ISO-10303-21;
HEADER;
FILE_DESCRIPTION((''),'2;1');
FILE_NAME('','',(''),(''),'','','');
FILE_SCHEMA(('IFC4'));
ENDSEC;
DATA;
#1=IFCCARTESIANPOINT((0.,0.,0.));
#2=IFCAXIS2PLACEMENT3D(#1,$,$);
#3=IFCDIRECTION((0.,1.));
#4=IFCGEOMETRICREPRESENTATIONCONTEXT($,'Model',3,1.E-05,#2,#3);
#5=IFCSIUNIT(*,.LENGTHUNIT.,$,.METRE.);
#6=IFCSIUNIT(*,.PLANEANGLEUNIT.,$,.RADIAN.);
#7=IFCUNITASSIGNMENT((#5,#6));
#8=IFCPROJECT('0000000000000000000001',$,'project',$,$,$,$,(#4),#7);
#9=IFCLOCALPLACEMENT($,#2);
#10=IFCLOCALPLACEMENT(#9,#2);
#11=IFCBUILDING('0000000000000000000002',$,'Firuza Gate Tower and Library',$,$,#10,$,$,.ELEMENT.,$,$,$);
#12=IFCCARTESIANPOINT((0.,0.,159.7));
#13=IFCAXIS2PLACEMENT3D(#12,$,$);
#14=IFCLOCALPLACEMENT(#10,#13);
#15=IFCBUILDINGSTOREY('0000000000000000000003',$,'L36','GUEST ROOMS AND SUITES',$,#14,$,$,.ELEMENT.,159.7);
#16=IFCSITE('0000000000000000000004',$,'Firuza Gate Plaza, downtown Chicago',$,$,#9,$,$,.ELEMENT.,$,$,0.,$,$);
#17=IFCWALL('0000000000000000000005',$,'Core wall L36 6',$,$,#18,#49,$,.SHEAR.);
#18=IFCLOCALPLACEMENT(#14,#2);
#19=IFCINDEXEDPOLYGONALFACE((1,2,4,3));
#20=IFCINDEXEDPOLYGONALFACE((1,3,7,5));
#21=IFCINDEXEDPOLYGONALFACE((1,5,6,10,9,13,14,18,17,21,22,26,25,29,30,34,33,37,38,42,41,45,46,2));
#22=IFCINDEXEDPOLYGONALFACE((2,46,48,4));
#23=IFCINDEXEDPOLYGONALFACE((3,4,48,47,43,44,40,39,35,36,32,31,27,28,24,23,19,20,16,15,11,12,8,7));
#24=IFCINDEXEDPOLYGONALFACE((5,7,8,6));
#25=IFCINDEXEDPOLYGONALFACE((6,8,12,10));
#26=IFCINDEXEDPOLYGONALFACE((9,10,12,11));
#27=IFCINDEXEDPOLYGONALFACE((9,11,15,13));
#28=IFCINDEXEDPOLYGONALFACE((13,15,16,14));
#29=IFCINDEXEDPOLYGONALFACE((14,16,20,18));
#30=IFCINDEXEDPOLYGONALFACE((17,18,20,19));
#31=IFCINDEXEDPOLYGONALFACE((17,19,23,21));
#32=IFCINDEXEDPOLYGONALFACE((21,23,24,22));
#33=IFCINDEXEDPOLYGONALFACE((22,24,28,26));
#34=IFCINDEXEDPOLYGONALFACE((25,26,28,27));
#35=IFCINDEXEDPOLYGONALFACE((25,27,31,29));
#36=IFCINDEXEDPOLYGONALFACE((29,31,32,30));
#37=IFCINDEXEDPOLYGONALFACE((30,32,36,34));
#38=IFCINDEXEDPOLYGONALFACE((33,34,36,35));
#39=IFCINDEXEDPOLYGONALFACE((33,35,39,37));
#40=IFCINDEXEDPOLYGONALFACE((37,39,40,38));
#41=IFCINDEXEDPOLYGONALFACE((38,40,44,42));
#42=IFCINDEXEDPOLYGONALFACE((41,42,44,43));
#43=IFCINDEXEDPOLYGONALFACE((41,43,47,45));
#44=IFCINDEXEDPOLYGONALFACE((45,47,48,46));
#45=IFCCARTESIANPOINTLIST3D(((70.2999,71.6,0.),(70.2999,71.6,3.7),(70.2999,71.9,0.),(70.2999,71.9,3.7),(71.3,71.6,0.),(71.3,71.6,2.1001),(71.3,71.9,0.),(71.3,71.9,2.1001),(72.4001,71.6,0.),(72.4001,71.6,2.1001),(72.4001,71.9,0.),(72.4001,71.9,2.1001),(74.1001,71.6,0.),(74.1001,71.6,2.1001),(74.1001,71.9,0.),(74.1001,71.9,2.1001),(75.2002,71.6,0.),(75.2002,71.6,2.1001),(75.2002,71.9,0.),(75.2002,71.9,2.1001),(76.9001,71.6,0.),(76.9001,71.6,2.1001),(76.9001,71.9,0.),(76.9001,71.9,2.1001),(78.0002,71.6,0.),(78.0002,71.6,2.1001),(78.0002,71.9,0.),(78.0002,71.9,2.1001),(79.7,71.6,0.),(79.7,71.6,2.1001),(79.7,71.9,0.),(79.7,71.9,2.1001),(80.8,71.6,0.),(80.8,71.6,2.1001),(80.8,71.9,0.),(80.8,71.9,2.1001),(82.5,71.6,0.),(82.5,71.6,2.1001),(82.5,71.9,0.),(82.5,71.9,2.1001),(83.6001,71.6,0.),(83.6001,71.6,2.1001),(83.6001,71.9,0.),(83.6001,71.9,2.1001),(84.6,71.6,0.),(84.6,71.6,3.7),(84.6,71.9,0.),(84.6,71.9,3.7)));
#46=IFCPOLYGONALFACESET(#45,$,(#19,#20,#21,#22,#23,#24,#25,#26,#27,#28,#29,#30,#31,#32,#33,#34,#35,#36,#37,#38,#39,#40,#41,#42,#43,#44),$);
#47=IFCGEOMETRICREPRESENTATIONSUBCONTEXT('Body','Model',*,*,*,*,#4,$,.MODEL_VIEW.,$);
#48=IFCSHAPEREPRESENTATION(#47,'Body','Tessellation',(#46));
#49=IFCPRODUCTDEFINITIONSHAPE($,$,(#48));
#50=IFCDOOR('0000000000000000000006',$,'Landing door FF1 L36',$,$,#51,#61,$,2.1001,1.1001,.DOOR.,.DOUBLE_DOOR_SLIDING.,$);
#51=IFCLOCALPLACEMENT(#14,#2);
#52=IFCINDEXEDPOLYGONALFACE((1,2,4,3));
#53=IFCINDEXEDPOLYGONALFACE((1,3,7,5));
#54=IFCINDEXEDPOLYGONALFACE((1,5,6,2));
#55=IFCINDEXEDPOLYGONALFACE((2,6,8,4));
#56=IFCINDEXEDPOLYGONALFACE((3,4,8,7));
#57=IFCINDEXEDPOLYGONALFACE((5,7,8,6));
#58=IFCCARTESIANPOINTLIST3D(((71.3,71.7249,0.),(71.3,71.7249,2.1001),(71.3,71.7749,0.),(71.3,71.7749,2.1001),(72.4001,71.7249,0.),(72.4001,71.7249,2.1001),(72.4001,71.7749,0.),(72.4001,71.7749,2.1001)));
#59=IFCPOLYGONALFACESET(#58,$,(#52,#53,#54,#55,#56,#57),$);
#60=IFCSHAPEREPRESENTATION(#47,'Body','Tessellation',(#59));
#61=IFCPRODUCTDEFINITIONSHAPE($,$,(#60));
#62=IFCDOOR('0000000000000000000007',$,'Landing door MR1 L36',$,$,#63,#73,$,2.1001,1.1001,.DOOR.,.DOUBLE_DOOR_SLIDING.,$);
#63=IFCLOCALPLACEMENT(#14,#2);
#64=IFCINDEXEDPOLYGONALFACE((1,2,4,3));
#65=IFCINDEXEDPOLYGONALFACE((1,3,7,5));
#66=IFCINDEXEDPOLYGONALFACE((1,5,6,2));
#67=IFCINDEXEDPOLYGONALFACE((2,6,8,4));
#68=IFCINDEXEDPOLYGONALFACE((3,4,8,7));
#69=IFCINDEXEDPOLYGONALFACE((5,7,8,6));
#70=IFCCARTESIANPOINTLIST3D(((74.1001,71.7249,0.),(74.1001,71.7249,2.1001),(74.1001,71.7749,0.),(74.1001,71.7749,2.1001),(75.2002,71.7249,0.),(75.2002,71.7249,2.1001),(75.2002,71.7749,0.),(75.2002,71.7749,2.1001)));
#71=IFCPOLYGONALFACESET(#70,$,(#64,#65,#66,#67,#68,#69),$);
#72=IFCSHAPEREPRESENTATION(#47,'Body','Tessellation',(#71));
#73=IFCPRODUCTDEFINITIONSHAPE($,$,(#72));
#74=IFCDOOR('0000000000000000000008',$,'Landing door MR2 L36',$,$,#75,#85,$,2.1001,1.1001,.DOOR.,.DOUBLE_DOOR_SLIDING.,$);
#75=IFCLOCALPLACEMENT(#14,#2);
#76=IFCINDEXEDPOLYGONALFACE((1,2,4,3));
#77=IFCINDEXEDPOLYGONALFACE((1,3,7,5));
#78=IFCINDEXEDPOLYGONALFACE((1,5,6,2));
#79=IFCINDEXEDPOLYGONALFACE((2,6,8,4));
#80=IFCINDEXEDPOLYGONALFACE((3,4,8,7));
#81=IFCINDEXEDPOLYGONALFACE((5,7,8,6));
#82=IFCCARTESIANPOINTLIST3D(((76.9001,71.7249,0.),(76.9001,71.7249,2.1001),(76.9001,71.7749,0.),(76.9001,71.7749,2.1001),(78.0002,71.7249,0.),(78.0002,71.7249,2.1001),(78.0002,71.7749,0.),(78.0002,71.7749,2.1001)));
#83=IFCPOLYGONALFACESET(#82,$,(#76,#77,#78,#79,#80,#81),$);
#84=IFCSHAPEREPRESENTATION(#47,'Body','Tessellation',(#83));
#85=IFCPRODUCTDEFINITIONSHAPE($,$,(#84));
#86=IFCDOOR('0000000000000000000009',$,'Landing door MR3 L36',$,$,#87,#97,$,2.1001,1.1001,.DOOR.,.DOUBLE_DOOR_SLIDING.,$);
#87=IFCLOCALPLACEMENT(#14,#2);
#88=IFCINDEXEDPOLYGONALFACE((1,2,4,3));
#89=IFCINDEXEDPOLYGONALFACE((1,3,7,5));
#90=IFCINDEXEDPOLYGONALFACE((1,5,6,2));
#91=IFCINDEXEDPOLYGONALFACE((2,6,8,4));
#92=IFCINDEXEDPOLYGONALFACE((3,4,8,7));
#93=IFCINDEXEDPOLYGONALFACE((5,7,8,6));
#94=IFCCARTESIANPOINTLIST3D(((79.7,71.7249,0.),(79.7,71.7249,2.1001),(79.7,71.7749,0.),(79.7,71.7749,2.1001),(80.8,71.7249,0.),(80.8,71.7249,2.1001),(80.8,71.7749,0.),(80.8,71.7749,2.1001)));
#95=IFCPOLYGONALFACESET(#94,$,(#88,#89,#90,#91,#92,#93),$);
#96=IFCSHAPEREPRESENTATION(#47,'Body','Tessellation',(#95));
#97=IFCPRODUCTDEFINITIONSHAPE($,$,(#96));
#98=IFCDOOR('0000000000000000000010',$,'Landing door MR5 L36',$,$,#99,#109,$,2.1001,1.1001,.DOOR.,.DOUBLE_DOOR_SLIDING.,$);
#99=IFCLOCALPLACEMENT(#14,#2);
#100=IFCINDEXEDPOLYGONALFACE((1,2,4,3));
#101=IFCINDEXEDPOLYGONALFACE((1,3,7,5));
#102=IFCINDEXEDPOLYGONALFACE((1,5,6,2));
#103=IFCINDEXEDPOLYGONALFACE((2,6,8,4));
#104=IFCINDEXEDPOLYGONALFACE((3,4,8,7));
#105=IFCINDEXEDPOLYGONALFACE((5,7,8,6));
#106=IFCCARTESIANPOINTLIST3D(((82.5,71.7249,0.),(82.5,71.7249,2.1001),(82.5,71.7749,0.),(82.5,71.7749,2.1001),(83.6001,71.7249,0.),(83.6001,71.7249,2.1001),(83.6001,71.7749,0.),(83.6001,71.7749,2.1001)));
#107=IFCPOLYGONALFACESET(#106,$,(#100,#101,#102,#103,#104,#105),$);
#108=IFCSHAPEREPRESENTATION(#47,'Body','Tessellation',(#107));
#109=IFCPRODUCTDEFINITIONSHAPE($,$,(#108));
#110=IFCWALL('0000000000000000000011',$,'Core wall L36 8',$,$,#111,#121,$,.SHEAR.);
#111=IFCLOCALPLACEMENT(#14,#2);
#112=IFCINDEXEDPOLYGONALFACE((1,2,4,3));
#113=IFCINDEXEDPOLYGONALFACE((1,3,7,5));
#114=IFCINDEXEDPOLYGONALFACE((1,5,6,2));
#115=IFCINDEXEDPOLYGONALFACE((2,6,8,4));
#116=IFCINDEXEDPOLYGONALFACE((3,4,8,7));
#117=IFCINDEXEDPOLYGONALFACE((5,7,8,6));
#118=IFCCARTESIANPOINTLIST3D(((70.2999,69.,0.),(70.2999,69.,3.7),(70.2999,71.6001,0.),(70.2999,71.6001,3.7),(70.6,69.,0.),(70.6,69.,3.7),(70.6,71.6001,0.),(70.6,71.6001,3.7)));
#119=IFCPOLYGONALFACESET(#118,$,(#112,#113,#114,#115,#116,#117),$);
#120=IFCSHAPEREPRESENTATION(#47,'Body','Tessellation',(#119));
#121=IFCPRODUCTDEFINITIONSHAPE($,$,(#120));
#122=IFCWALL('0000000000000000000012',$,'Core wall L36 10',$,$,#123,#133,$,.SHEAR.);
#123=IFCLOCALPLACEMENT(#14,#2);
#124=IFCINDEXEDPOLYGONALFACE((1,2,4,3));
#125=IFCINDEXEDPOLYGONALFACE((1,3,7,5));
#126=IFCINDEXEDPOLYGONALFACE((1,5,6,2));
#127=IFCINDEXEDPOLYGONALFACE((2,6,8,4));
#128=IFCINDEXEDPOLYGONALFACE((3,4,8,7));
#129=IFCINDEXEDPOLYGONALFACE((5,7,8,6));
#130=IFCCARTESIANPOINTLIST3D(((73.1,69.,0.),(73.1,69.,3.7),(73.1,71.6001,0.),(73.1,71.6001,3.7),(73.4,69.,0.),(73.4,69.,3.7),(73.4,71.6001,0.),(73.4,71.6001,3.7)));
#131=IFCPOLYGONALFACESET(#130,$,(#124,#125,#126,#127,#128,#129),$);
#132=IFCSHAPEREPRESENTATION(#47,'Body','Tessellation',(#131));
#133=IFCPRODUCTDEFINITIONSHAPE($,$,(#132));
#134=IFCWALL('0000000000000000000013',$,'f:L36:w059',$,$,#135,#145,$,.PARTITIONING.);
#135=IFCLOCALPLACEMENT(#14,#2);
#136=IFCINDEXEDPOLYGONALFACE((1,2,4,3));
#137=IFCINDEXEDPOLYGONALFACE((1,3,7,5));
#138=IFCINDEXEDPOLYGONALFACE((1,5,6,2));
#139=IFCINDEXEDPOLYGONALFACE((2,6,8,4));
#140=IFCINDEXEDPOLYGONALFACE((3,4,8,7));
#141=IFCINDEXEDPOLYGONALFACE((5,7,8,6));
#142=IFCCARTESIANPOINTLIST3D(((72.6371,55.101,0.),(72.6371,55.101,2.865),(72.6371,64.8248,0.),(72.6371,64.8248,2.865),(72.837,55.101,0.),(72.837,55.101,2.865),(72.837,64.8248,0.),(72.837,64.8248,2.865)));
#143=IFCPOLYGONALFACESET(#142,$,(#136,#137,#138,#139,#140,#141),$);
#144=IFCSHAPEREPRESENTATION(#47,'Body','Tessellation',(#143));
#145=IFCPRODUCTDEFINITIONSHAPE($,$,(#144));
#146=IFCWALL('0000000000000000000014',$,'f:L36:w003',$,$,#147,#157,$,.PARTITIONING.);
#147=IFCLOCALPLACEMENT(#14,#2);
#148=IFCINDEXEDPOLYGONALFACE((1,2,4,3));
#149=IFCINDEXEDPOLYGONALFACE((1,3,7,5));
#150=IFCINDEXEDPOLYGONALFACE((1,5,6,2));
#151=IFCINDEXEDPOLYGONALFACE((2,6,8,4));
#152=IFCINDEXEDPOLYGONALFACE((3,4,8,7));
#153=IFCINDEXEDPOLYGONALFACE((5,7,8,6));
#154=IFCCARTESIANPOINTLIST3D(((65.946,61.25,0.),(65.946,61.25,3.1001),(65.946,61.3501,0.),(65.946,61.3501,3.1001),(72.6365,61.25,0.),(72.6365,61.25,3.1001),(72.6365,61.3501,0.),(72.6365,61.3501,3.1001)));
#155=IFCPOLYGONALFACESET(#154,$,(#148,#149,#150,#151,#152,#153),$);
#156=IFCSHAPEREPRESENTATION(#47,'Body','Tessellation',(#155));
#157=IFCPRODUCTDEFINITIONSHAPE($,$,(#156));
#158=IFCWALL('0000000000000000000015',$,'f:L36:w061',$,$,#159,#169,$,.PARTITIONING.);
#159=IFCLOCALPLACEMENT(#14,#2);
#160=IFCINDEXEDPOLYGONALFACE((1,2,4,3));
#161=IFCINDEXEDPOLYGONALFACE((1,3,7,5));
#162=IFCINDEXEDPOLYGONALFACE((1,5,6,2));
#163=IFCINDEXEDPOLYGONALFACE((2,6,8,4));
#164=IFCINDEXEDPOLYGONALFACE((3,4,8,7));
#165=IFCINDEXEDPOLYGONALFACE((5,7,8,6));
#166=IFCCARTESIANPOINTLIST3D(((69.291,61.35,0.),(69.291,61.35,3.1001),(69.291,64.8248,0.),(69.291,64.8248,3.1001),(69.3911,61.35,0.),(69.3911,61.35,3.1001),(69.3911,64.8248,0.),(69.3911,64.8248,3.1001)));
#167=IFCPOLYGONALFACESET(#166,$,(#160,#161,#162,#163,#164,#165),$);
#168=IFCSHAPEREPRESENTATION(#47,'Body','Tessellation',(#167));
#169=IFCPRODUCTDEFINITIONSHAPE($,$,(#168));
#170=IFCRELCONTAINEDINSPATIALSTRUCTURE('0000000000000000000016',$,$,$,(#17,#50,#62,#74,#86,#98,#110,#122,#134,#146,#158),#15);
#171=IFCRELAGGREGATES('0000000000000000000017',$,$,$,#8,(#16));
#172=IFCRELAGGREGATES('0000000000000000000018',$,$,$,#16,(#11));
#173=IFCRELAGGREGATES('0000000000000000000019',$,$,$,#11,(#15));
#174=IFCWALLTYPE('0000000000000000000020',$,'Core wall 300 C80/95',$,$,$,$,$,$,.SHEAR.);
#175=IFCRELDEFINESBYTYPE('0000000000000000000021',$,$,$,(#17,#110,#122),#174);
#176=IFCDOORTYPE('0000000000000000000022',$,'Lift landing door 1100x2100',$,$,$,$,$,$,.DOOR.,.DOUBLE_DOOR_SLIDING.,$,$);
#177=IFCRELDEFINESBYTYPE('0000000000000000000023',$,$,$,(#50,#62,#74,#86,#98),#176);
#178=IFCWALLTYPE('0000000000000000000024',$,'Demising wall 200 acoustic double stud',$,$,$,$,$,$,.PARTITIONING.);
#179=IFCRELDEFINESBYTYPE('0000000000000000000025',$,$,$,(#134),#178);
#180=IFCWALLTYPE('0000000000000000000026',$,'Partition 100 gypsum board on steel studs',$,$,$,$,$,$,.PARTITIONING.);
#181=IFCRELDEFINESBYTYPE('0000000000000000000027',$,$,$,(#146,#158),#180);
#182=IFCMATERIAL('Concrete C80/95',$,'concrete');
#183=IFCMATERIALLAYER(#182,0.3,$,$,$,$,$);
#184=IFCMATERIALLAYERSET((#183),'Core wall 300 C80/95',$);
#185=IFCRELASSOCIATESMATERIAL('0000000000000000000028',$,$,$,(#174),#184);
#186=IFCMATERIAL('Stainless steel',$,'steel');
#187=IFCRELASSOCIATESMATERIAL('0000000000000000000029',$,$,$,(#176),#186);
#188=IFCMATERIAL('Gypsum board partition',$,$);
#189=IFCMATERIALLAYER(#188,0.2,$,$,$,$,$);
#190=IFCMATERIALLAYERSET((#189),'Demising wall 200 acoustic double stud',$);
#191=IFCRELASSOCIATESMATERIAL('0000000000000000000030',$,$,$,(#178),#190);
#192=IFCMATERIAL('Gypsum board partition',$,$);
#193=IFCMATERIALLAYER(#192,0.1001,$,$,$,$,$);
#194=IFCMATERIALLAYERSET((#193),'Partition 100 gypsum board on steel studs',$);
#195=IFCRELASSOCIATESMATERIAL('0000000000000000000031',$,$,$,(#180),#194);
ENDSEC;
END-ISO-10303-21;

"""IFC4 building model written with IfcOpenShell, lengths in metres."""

from ifc_helpers import new_model, si_unit, direction, frame, frame_2d, origin, place, context, subcontext, project, spatial, rectangle, extrude, material, layer, layer_set, type_object, element, fill, save


model = new_model("IFC4")

# Units and contexts
model_context = context("Model", 3, precision=1e-05, world=origin(), true_north=direction((0.0, 1.0)))
body_context = subcontext(model_context, "Body", "Model", "MODEL_VIEW")
ifc_project = project(units=[si_unit("LENGTHUNIT", "METRE"), si_unit("PLANEANGLEUNIT", "RADIAN")], contexts=[model_context])

# Site, building, storey
site_placement = place(None, origin())
site = spatial("IfcSite", under=ifc_project, at=site_placement, Name="Firuza Gate Plaza, downtown Chicago", CompositionType="ELEMENT", RefElevation=0.0)
building_placement = place(site_placement, origin())
building = spatial("IfcBuilding", under=site, at=building_placement, Name="Firuza Gate Tower and Library", CompositionType="ELEMENT")
storey_placement = place(building_placement, frame((0.0, 0.0, 159.7)))
storey = spatial("IfcBuildingStorey", under=building, at=storey_placement, Name="L36", Description="GUEST ROOMS AND SUITES", CompositionType="ELEMENT", Elevation=159.7)

# Shared definitions
ifc_material_1 = material(Name="Concrete C80/95", Category="concrete")
ifc_layer_1 = layer(ifc_material_1, 0.3)
ifc_layer_set_1 = layer_set([ifc_layer_1], Name="Core wall 300 C80/95")
wall_type_1 = type_object("IfcWallType", Name="Core wall 300 C80/95", PredefinedType="SHEAR", material=ifc_layer_set_1)

# Wall, openings, doors
wall_1_placement = place(storey_placement, frame((70.3, 71.75, 0.0), z_axis=(0.0, 0.0, 1.0), x_axis=(1.0, 0.0, 0.0)))
wall_1 = element("IfcWall", 1, at=wall_1_placement, inside=storey, type_object=wall_type_1, Name="Core wall L36 6", PredefinedType="SHEAR", context=body_context, shape_type="SweptSolid", body=[
    extrude(rectangle(XDim=14.3, YDim=0.3, at=frame_2d((7.1499, 0.0))), origin(), (0.0, 0.0, 1.0), 3.7),
])
opening_1_placement = place(wall_1_placement, frame((1.0, 0.0, 0.0)))
opening_1 = element("IfcOpeningElement", 2, at=opening_1_placement, cuts=wall_1, PredefinedType="OPENING", context=body_context, shape_type="SweptSolid", body=[
    extrude(rectangle(XDim=1.1001, YDim=2.1001, at=frame_2d((0.55, 1.05))), frame((0.0, 0.1602, 0.0), z_axis=(0.0, -1.0, 0.0), x_axis=(1.0, 0.0, 0.0)), (0.0, 0.0, 1.0), 0.3201),
])
opening_2_placement = place(wall_1_placement, frame((3.8, 0.0, 0.0)))
opening_2 = element("IfcOpeningElement", 3, at=opening_2_placement, cuts=wall_1, PredefinedType="OPENING", context=body_context, shape_type="SweptSolid", body=[
    extrude(rectangle(XDim=1.1001, YDim=2.1001, at=frame_2d((0.55, 1.05))), frame((0.0, 0.1602, 0.0), z_axis=(0.0, -1.0, 0.0), x_axis=(1.0, 0.0, 0.0)), (0.0, 0.0, 1.0), 0.3201),
])
opening_3_placement = place(wall_1_placement, frame((6.6001, 0.0, 0.0)))
opening_3 = element("IfcOpeningElement", 4, at=opening_3_placement, cuts=wall_1, PredefinedType="OPENING", context=body_context, shape_type="SweptSolid", body=[
    extrude(rectangle(XDim=1.1001, YDim=2.1001, at=frame_2d((0.55, 1.05))), frame((0.0, 0.1602, 0.0), z_axis=(0.0, -1.0, 0.0), x_axis=(1.0, 0.0, 0.0)), (0.0, 0.0, 1.0), 0.3201),
])
opening_4_placement = place(wall_1_placement, frame((9.3999, 0.0, 0.0)))
opening_4 = element("IfcOpeningElement", 5, at=opening_4_placement, cuts=wall_1, PredefinedType="OPENING", context=body_context, shape_type="SweptSolid", body=[
    extrude(rectangle(XDim=1.1001, YDim=2.1001, at=frame_2d((0.55, 1.05))), frame((0.0, 0.1602, 0.0), z_axis=(0.0, -1.0, 0.0), x_axis=(1.0, 0.0, 0.0)), (0.0, 0.0, 1.0), 0.3201),
])
opening_5_placement = place(wall_1_placement, frame((12.2, 0.0, 0.0)))
opening_5 = element("IfcOpeningElement", 6, at=opening_5_placement, cuts=wall_1, PredefinedType="OPENING", context=body_context, shape_type="SweptSolid", body=[
    extrude(rectangle(XDim=1.1001, YDim=2.1001, at=frame_2d((0.55, 1.05))), frame((0.0, 0.1602, 0.0), z_axis=(0.0, -1.0, 0.0), x_axis=(1.0, 0.0, 0.0)), (0.0, 0.0, 1.0), 0.3201),
])
ifc_material_2 = material(Name="Stainless steel", Category="steel")
door_type_1 = type_object("IfcDoorType", Name="Lift landing door 1100x2100", OperationType="DOUBLE_DOOR_SLIDING", PredefinedType="DOOR", material=ifc_material_2)
door_1_placement = place(opening_1_placement, origin())
door_1 = element("IfcDoor", 7, at=door_1_placement, inside=storey, type_object=door_type_1, Name="Landing door FF1 L36", OperationType="DOUBLE_DOOR_SLIDING", OverallHeight=2.1001, OverallWidth=1.1001, PredefinedType="DOOR", context=body_context, shape_type="SweptSolid", body=[
    extrude(rectangle(XDim=1.1001, YDim=2.1001, at=frame_2d((0.55, 1.05))), frame((0.0, 0.0249, 0.0), z_axis=(0.0, -1.0, 0.0), x_axis=(1.0, 0.0, 0.0)), (0.0, 0.0, 1.0), 0.05),
])
fill(opening_1, door_1)
door_2_placement = place(opening_2_placement, origin())
door_2 = element("IfcDoor", 8, at=door_2_placement, inside=storey, type_object=door_type_1, Name="Landing door MR1 L36", OperationType="DOUBLE_DOOR_SLIDING", OverallHeight=2.1001, OverallWidth=1.1001, PredefinedType="DOOR", context=body_context, shape_type="SweptSolid", body=[
    extrude(rectangle(XDim=1.1001, YDim=2.1001, at=frame_2d((0.55, 1.05))), frame((0.0, 0.0249, 0.0), z_axis=(0.0, -1.0, 0.0), x_axis=(1.0, 0.0, 0.0)), (0.0, 0.0, 1.0), 0.05),
])
fill(opening_2, door_2)
door_3_placement = place(opening_3_placement, origin())
door_3 = element("IfcDoor", 9, at=door_3_placement, inside=storey, type_object=door_type_1, Name="Landing door MR2 L36", OperationType="DOUBLE_DOOR_SLIDING", OverallHeight=2.1001, OverallWidth=1.1001, PredefinedType="DOOR", context=body_context, shape_type="SweptSolid", body=[
    extrude(rectangle(XDim=1.1001, YDim=2.1001, at=frame_2d((0.55, 1.05))), frame((0.0, 0.0249, 0.0), z_axis=(0.0, -1.0, 0.0), x_axis=(1.0, 0.0, 0.0)), (0.0, 0.0, 1.0), 0.05),
])
fill(opening_3, door_3)
door_4_placement = place(opening_4_placement, origin())
door_4 = element("IfcDoor", 10, at=door_4_placement, inside=storey, type_object=door_type_1, Name="Landing door MR3 L36", OperationType="DOUBLE_DOOR_SLIDING", OverallHeight=2.1001, OverallWidth=1.1001, PredefinedType="DOOR", context=body_context, shape_type="SweptSolid", body=[
    extrude(rectangle(XDim=1.1001, YDim=2.1001, at=frame_2d((0.55, 1.05))), frame((0.0, 0.0249, 0.0), z_axis=(0.0, -1.0, 0.0), x_axis=(1.0, 0.0, 0.0)), (0.0, 0.0, 1.0), 0.05),
])
fill(opening_4, door_4)
door_5_placement = place(opening_5_placement, origin())
door_5 = element("IfcDoor", 11, at=door_5_placement, inside=storey, type_object=door_type_1, Name="Landing door MR5 L36", OperationType="DOUBLE_DOOR_SLIDING", OverallHeight=2.1001, OverallWidth=1.1001, PredefinedType="DOOR", context=body_context, shape_type="SweptSolid", body=[
    extrude(rectangle(XDim=1.1001, YDim=2.1001, at=frame_2d((0.55, 1.05))), frame((0.0, 0.0249, 0.0), z_axis=(0.0, -1.0, 0.0), x_axis=(1.0, 0.0, 0.0)), (0.0, 0.0, 1.0), 0.05),
])
fill(opening_5, door_5)

# Walls
for number, where, z_axis, x_axis, name in (
    (12, (70.45, 69.0, 0.0), (0.0, 0.0, 1.0), (0.0, 1.0, 0.0), "Core wall L36 8"),
    (13, (73.25, 69.0, 0.0), (0.0, 0.0, 1.0), (0.0, 1.0, 0.0), "Core wall L36 10"),
):
    element("IfcWall", number, at=place(storey_placement, frame(where, z_axis=z_axis, x_axis=x_axis)), inside=storey, type_object=wall_type_1, Name=name, PredefinedType="SHEAR", context=body_context, shape_type="SweptSolid", body=[
        extrude(rectangle(XDim=2.6001, YDim=0.3, at=frame_2d((1.3, 0.0))), origin(), (0.0, 0.0, 1.0), 3.7),
    ])
ifc_material_3 = material(Name="Gypsum board partition")
ifc_layer_2 = layer(ifc_material_3, 0.2)
ifc_layer_set_2 = layer_set([ifc_layer_2], Name="Demising wall 200 acoustic double stud")
wall_type_2 = type_object("IfcWallType", Name="Demising wall 200 acoustic double stud", PredefinedType="PARTITIONING", material=ifc_layer_set_2)
wall_2_placement = place(storey_placement, frame((72.7371, 55.1011, 0.0), z_axis=(0.0, 0.0, 1.0), x_axis=(0.0, 1.0, 0.0)))
element("IfcWall", 14, at=wall_2_placement, inside=storey, type_object=wall_type_2, Name="f:L36:w059", PredefinedType="PARTITIONING", context=body_context, shape_type="SweptSolid", body=[
    extrude(rectangle(XDim=9.7239, YDim=0.2, at=frame_2d((4.8618, 0.0))), origin(), (0.0, 0.0, 1.0), 2.865),
])
ifc_material_4 = material(Name="Gypsum board partition")
ifc_layer_3 = layer(ifc_material_4, 0.1001)
ifc_layer_set_3 = layer_set([ifc_layer_3], Name="Partition 100 gypsum board on steel studs")
wall_type_3 = type_object("IfcWallType", Name="Partition 100 gypsum board on steel studs", PredefinedType="PARTITIONING", material=ifc_layer_set_3)
wall_3_placement = place(storey_placement, frame((65.946, 61.3, 0.0), z_axis=(0.0, 0.0, 1.0), x_axis=(1.0, 0.0, 0.0)))
element("IfcWall", 15, at=wall_3_placement, inside=storey, type_object=wall_type_3, Name="f:L36:w003", PredefinedType="PARTITIONING", context=body_context, shape_type="SweptSolid", body=[
    extrude(rectangle(XDim=6.6904, YDim=0.1001, at=frame_2d((3.3452, 0.0))), origin(), (0.0, 0.0, 1.0), 3.1001),
])
for number, where, z_axis, x_axis, name in (
    (16, (69.3411, 61.3501, 0.0), (0.0, 0.0, 1.0), (0.0, 1.0, 0.0), "f:L36:w061"),
):
    element("IfcWall", number, at=place(storey_placement, frame(where, z_axis=z_axis, x_axis=x_axis)), inside=storey, type_object=wall_type_3, Name=name, PredefinedType="PARTITIONING", context=body_context, shape_type="SweptSolid", body=[
        extrude(rectangle(XDim=3.4749, YDim=0.1001, at=frame_2d((1.7373, 0.0))), origin(), (0.0, 0.0, 1.0), 3.1001),
    ])

save(model, "model.ifc")
